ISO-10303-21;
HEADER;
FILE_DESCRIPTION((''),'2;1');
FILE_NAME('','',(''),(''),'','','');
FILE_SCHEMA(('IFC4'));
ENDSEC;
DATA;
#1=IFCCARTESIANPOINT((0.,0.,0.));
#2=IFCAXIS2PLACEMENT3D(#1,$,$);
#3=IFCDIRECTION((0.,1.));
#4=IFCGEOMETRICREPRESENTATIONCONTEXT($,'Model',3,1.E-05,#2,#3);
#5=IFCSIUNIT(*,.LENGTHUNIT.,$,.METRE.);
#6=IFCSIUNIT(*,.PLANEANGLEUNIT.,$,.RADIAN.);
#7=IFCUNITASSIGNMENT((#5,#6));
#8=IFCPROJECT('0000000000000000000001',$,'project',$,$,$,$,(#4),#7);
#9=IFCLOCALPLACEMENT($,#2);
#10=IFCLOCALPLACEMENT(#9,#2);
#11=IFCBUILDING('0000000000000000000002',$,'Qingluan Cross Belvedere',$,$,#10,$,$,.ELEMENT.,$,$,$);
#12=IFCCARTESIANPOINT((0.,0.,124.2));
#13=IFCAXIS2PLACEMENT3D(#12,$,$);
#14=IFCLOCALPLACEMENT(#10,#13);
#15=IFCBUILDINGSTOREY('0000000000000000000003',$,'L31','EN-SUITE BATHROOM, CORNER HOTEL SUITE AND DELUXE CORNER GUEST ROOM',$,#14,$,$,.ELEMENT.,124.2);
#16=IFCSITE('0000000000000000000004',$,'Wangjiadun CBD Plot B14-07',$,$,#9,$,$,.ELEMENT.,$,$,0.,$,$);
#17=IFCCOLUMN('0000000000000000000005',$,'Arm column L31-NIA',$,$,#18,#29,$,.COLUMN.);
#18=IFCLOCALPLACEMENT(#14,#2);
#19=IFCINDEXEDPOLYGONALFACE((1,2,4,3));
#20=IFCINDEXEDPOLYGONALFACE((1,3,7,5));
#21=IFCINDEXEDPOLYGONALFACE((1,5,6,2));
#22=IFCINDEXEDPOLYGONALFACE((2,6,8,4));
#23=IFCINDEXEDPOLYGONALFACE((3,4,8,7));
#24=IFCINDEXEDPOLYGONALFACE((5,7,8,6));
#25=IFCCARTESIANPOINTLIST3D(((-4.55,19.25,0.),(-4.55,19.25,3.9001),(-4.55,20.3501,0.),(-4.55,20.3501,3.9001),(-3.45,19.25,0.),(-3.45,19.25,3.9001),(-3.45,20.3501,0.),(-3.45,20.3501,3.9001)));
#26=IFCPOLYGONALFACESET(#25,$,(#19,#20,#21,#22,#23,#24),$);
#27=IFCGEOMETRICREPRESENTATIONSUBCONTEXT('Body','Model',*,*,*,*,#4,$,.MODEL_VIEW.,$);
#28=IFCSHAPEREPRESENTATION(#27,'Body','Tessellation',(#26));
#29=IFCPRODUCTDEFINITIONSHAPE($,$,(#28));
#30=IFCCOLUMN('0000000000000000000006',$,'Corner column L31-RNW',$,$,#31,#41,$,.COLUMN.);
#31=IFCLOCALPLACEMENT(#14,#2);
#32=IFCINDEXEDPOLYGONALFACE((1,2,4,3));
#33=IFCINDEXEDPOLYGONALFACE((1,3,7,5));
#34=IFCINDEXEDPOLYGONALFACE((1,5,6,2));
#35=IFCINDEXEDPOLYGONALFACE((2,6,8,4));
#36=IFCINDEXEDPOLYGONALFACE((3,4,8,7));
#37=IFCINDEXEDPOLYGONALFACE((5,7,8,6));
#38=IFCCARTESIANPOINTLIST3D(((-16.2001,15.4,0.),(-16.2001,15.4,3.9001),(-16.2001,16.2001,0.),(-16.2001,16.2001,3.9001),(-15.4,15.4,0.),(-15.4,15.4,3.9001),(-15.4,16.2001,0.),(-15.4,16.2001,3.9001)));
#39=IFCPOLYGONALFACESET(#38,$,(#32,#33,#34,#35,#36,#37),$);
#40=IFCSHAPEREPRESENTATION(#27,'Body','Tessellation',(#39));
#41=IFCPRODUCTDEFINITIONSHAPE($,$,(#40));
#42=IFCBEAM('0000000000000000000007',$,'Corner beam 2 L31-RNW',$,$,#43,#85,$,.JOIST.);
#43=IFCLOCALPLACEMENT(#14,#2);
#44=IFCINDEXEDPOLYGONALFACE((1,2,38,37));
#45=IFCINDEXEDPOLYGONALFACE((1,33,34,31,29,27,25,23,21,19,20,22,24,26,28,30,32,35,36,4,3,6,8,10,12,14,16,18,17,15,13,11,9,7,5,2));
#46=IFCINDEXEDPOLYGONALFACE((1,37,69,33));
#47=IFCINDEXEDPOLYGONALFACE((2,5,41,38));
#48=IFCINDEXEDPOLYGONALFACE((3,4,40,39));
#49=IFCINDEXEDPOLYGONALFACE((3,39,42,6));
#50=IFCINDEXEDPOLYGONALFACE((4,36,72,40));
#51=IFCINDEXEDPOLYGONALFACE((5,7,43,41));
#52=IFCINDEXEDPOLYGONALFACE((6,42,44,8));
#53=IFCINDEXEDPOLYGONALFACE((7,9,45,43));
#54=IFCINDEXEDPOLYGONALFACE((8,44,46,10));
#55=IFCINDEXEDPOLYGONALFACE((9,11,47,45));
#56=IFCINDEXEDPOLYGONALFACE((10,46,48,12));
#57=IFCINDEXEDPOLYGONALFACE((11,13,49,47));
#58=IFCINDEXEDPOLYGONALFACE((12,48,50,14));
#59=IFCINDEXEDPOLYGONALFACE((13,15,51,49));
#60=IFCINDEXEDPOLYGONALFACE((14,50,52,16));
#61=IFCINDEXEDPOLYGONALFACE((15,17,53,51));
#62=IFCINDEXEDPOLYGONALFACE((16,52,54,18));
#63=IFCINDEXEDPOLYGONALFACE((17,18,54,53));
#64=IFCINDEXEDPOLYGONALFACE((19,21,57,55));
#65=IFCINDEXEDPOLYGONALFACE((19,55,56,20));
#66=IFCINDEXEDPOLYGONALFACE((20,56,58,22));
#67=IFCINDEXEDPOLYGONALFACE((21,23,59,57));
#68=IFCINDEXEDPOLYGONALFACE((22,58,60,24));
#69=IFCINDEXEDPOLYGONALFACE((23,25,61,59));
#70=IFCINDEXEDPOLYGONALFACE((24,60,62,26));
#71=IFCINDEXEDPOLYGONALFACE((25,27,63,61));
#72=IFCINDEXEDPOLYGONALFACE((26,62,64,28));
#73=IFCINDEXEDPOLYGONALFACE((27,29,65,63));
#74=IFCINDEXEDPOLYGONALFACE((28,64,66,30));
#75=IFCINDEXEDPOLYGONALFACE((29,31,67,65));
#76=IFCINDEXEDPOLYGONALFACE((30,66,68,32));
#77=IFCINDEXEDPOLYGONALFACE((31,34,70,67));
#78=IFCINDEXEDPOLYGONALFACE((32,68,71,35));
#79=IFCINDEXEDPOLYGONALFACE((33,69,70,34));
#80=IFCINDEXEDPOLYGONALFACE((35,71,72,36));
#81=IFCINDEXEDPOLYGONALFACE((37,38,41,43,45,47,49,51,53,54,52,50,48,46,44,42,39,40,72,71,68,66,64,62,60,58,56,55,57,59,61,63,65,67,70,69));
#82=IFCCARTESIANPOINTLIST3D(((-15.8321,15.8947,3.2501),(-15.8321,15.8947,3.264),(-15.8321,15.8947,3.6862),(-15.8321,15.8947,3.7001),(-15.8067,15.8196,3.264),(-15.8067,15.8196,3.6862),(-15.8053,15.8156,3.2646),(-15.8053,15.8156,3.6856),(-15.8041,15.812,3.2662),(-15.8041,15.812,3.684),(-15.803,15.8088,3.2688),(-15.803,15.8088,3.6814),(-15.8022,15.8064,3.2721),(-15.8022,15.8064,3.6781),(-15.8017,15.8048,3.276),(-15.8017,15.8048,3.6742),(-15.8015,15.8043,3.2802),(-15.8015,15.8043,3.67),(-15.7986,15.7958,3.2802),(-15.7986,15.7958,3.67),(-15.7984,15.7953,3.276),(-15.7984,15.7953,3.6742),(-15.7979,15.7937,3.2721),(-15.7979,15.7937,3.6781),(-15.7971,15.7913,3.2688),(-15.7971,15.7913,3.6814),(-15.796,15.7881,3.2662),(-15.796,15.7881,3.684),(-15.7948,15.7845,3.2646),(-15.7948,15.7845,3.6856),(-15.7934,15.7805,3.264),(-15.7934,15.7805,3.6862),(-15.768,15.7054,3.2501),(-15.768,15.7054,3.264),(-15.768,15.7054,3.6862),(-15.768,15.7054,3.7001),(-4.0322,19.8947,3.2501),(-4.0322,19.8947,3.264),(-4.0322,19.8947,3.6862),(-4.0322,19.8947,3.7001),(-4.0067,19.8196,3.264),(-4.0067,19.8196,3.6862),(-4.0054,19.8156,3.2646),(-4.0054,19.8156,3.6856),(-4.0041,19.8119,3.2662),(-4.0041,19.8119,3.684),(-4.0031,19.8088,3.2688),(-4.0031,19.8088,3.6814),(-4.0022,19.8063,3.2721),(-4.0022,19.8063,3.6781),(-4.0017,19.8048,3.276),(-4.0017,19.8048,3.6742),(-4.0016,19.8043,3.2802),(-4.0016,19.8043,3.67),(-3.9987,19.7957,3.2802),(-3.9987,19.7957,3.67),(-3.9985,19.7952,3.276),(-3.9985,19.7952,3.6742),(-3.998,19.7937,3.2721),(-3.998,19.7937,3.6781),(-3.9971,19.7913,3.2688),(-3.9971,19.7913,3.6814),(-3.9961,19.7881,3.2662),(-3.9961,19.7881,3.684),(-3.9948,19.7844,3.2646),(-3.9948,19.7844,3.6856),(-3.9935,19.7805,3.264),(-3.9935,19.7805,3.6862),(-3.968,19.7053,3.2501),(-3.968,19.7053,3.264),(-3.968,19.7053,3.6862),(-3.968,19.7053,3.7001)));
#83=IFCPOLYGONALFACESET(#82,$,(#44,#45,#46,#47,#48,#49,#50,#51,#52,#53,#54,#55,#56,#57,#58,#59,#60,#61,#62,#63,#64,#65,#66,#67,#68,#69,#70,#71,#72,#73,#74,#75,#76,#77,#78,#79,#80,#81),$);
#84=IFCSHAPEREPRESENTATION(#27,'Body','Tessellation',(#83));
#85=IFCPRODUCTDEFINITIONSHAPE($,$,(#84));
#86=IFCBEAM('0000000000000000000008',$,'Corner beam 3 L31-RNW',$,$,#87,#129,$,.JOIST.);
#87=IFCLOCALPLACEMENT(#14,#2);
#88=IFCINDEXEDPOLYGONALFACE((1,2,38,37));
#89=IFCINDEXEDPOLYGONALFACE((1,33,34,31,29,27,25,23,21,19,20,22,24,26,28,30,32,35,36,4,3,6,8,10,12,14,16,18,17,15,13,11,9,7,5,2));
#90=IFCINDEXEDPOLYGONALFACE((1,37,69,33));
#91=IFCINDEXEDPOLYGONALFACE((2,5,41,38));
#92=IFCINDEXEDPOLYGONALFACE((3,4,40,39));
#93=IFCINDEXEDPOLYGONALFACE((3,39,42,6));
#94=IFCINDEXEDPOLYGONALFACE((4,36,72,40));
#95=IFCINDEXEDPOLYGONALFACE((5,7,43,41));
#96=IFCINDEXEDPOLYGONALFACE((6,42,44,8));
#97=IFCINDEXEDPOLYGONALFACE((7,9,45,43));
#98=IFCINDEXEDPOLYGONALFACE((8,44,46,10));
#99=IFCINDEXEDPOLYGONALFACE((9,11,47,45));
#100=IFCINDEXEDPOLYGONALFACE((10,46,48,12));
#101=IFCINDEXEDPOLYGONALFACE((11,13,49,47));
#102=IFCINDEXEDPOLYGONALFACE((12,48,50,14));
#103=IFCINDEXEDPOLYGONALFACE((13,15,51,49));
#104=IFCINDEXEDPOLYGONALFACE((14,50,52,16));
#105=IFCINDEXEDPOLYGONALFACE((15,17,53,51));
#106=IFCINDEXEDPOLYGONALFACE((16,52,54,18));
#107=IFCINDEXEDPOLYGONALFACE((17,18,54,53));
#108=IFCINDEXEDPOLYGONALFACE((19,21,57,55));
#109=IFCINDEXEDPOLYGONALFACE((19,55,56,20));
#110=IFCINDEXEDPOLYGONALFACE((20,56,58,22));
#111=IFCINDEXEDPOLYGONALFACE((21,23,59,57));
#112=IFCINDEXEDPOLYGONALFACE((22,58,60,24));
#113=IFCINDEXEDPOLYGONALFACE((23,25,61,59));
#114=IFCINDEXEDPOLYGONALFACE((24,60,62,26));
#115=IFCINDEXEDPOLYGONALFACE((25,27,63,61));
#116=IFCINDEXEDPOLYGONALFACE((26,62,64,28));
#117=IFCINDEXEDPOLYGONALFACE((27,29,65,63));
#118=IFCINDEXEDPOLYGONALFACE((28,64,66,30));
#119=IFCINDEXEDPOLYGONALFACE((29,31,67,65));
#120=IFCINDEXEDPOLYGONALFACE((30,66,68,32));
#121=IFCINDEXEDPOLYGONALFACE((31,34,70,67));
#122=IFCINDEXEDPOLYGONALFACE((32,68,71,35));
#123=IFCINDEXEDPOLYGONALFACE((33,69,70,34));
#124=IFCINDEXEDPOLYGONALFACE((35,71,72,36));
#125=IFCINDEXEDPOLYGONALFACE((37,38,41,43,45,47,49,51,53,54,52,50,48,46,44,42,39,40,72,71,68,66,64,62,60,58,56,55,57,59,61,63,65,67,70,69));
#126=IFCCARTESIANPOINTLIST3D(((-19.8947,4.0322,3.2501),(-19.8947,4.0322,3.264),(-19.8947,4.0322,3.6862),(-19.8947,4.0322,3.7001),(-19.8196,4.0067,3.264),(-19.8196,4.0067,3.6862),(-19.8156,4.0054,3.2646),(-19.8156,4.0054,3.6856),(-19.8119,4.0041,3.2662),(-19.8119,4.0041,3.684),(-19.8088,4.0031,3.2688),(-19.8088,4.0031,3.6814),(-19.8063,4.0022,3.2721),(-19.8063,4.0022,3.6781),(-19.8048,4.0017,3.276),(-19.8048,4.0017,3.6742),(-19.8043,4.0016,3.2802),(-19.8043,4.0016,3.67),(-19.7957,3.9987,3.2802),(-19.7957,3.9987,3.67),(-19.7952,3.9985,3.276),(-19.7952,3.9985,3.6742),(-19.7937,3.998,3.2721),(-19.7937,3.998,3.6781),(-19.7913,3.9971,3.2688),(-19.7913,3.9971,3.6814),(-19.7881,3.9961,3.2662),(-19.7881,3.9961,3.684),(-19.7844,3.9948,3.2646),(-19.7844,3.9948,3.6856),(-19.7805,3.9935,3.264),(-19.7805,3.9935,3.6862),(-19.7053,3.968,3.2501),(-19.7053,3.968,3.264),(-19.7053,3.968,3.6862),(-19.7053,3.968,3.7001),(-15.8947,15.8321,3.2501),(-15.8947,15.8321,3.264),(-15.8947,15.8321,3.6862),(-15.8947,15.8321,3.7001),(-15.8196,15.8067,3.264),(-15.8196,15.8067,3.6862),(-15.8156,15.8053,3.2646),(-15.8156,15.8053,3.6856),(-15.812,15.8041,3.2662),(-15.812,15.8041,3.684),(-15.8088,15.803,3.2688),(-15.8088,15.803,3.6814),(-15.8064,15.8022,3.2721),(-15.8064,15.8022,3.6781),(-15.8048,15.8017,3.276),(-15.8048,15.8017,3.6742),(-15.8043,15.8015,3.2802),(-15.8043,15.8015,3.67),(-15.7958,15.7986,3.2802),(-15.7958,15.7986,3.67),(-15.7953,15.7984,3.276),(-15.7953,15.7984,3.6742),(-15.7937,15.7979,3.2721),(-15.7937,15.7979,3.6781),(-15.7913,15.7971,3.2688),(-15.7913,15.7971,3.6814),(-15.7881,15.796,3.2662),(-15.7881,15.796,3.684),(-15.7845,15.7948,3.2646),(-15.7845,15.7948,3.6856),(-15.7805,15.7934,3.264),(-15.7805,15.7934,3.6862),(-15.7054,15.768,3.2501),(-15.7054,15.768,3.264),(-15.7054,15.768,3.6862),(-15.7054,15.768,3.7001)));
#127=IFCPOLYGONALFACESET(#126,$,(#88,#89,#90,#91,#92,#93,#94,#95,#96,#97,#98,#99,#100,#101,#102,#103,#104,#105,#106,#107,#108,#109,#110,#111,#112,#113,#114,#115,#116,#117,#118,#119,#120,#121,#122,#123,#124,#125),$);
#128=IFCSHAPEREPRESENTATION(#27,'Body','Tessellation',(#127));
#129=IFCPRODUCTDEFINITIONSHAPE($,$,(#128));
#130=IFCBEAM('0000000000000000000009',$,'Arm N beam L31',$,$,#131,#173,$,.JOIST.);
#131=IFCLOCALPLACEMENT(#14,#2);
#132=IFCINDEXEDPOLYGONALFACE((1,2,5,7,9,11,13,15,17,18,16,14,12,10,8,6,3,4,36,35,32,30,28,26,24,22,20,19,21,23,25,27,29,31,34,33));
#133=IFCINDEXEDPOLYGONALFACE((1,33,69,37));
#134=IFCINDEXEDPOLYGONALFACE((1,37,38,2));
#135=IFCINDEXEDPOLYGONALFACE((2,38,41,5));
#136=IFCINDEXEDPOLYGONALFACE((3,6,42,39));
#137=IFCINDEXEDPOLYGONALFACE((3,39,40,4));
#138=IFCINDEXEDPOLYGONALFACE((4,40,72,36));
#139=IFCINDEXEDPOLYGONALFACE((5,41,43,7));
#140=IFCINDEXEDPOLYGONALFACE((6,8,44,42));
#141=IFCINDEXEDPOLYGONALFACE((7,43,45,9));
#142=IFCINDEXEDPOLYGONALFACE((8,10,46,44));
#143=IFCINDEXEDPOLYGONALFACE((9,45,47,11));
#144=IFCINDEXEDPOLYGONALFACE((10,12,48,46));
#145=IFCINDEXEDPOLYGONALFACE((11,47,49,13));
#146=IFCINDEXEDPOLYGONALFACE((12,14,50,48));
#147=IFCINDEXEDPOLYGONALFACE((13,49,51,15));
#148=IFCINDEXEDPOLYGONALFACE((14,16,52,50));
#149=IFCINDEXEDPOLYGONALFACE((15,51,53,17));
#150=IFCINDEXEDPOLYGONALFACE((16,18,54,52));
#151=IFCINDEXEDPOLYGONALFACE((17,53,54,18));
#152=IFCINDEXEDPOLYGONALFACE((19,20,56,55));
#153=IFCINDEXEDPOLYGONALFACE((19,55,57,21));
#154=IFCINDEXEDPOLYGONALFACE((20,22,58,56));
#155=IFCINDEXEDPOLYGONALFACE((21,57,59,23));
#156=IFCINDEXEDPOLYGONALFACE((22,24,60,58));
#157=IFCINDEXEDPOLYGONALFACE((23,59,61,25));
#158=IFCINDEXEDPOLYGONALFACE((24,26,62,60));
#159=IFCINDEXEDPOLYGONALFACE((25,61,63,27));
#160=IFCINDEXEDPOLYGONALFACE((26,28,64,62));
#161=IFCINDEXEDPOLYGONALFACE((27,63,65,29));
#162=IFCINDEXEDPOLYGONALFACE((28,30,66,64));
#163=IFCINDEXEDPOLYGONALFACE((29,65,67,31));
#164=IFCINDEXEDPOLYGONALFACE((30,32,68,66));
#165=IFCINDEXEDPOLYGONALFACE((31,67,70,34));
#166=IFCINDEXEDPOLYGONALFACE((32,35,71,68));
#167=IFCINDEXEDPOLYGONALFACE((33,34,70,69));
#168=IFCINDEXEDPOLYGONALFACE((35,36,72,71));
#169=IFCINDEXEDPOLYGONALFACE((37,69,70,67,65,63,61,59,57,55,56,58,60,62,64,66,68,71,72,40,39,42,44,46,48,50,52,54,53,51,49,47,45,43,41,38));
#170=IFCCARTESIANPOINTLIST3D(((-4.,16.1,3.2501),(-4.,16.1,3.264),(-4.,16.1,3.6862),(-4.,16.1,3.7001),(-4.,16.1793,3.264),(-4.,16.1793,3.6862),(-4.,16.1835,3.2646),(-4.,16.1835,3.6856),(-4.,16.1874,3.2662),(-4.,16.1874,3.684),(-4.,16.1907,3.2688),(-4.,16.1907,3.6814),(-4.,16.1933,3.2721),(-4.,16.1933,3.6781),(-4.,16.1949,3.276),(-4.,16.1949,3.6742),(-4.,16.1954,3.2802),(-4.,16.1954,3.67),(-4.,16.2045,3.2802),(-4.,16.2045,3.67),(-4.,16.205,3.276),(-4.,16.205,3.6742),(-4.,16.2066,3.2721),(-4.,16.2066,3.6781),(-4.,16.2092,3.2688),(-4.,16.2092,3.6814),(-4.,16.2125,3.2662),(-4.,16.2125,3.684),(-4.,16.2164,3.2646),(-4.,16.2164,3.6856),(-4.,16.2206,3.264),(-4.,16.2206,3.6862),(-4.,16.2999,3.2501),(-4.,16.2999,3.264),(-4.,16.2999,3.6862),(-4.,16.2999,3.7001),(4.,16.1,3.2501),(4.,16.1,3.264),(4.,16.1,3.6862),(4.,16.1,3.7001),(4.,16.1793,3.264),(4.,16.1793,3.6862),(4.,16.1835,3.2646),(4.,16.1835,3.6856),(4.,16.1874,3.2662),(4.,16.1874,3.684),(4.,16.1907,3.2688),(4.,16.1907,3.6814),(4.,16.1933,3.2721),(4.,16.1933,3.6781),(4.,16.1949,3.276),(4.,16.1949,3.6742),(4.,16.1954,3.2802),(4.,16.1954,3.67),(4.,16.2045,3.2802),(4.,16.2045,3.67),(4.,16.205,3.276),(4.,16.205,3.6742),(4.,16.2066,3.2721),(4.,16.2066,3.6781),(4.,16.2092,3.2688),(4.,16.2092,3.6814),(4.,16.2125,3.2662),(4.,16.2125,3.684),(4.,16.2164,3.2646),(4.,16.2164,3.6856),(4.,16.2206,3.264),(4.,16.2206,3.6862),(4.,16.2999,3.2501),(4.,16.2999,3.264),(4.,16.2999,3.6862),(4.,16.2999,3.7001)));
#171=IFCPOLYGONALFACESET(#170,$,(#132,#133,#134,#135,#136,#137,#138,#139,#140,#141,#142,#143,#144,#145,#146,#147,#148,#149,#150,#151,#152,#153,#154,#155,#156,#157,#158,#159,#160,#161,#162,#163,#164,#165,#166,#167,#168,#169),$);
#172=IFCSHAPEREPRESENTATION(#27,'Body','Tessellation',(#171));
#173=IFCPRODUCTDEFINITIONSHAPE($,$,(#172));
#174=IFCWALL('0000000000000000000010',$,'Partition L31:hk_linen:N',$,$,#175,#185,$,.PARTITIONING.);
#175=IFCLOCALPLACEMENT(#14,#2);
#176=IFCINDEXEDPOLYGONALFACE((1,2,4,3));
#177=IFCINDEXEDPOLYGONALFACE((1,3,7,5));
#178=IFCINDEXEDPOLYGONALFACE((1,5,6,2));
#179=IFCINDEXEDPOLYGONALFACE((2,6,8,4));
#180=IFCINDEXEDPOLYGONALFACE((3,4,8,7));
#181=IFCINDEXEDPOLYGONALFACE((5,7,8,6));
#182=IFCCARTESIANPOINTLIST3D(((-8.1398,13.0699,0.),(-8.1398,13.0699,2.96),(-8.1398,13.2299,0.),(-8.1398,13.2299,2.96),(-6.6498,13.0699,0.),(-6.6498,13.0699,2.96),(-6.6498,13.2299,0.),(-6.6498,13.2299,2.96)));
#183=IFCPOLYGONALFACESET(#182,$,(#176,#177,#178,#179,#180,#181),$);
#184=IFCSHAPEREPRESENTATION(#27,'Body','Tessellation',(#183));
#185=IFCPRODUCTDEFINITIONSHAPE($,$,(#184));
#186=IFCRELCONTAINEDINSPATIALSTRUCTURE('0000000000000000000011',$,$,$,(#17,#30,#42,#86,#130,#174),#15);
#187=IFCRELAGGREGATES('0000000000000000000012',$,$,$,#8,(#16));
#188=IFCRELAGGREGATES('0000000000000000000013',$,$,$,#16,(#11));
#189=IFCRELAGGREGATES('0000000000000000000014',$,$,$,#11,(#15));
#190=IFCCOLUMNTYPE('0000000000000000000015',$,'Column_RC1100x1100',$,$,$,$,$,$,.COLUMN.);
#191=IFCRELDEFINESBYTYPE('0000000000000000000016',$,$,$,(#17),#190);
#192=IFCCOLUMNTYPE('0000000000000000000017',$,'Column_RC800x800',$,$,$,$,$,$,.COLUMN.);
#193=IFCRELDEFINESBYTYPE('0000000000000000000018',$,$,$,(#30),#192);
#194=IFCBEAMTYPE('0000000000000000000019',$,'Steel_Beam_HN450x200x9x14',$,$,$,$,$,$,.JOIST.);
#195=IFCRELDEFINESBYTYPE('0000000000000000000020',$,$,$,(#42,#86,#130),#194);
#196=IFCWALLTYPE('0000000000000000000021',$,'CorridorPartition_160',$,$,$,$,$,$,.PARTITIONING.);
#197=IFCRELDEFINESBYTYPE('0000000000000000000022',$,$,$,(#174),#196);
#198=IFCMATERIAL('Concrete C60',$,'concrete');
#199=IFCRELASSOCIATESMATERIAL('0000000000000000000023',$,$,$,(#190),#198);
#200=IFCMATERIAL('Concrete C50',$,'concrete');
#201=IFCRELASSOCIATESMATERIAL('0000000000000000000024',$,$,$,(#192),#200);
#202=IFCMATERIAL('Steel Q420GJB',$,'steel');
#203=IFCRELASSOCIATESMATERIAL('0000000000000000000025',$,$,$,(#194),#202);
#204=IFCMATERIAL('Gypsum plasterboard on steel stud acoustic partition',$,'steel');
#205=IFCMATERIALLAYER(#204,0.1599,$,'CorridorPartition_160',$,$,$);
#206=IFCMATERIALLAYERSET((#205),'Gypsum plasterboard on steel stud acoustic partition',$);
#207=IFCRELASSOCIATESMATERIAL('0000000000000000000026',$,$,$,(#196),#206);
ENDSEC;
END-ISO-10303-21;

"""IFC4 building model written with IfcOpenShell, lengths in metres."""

from ifc_helpers import new_model, si_unit, direction, frame, frame_2d, origin, origin_2d, place, context, subcontext, project, spatial, rectangle, i_section, extrude, material, layer, layer_set, material_profile, profile_set, type_object, element, save


model = new_model("IFC4")

# Units and contexts
model_context = context("Model", 3, precision=1e-05, world=origin(), true_north=direction((0.0, 1.0)))
body_context = subcontext(model_context, "Body", "Model", "MODEL_VIEW")
ifc_project = project(units=[si_unit("LENGTHUNIT", "METRE"), si_unit("PLANEANGLEUNIT", "RADIAN")], contexts=[model_context])

# Site, building, storey
site_placement = place(None, origin())
site = spatial("IfcSite", under=ifc_project, at=site_placement, Name="Wangjiadun CBD Plot B14-07", CompositionType="ELEMENT", RefElevation=0.0)
building_placement = place(site_placement, origin())
building = spatial("IfcBuilding", under=site, at=building_placement, Name="Qingluan Cross Belvedere", CompositionType="ELEMENT")
storey_placement = place(building_placement, frame((0.0, 0.0, 124.2)))
storey = spatial("IfcBuildingStorey", under=building, at=storey_placement, Name="L31", Description="EN-SUITE BATHROOM, CORNER HOTEL SUITE AND DELUXE CORNER GUEST ROOM", CompositionType="ELEMENT", Elevation=124.2)

# Columns
ifc_material_1 = material(Name="Concrete C60", Category="concrete")
ifc_material_profile_1 = material_profile(ifc_material_1, rectangle(XDim=1.1001, YDim=1.1001, at=origin_2d()), Name="RC1100x1100")
ifc_profile_set_1 = profile_set([ifc_material_profile_1], Name="Concrete C60")
column_type_1 = type_object("IfcColumnType", Name="Column_RC1100x1100", PredefinedType="COLUMN", material=ifc_profile_set_1)
column_1_placement = place(storey_placement, frame((-4.0, 19.8, 0.0), z_axis=(0.0, 0.0, 1.0), x_axis=(1.0, 0.0, 0.0)))
element("IfcColumn", 1, at=column_1_placement, inside=storey, type_object=column_type_1, Name="Arm column L31-NIA", PredefinedType="COLUMN", context=body_context, shape_type="SweptSolid", body=[
    extrude(rectangle(XDim=1.1001, YDim=1.1001, at=origin_2d()), origin(), (0.0, 0.0, 1.0), 3.9001),
])
ifc_material_2 = material(Name="Concrete C50", Category="concrete")
ifc_material_profile_2 = material_profile(ifc_material_2, rectangle(XDim=0.8, YDim=0.8, at=origin_2d()), Name="RC800x800")
ifc_profile_set_2 = profile_set([ifc_material_profile_2], Name="Concrete C50")
column_type_2 = type_object("IfcColumnType", Name="Column_RC800x800", PredefinedType="COLUMN", material=ifc_profile_set_2)
column_2_placement = place(storey_placement, frame((-15.8, 15.8, 0.0), z_axis=(0.0, 0.0, 1.0), x_axis=(1.0, 0.0, 0.0)))
element("IfcColumn", 2, at=column_2_placement, inside=storey, type_object=column_type_2, Name="Corner column L31-RNW", PredefinedType="COLUMN", context=body_context, shape_type="SweptSolid", body=[
    extrude(rectangle(XDim=0.8, YDim=0.8, at=origin_2d()), origin(), (0.0, 0.0, 1.0), 3.9001),
])

# Beams
ifc_material_3 = material(Name="Steel Q420GJB", Category="steel")
ifc_material_profile_3 = material_profile(ifc_material_3, i_section(OverallWidth=0.2, OverallDepth=0.45, WebThickness=0.009, FlangeThickness=0.0139, FilletRadius=0.0161, at=origin_2d()), Name="HN450x200x9x14")
ifc_profile_set_3 = profile_set([ifc_material_profile_3], Name="Steel Q420GJB")
beam_type = type_object("IfcBeamType", Name="Steel_Beam_HN450x200x9x14", PredefinedType="JOIST", material=ifc_profile_set_3)
for number, where, z_axis, x_axis, name in (
    (3, (-15.8, 15.8, 3.4751), (0.947066, 0.321038, 0.0), (-0.321038, 0.947066, 0.0), "Corner beam 2 L31-RNW"),
    (4, (-15.8, 15.8, 3.4751), (-0.321038, -0.947066, 0.0), (0.947066, -0.321038, 0.0), "Corner beam 3 L31-RNW"),
):
    element("IfcBeam", number, at=place(storey_placement, frame(where, z_axis=z_axis, x_axis=x_axis)), inside=storey, type_object=beam_type, Name=name, PredefinedType="JOIST", context=body_context, shape_type="SweptSolid", body=[
        extrude(i_section(OverallWidth=0.2, OverallDepth=0.45, WebThickness=0.009, FlangeThickness=0.0139, FilletRadius=0.0161, at=origin_2d()), origin(), (0.0, 0.0, 1.0), 12.4595),
    ])
beam_placement = place(storey_placement, frame((-4.0, 16.2, 3.4751), z_axis=(1.0, 0.0, 0.0), x_axis=(0.0, 1.0, 0.0)))
element("IfcBeam", 5, at=beam_placement, inside=storey, type_object=beam_type, Name="Arm N beam L31", PredefinedType="JOIST", context=body_context, shape_type="SweptSolid", body=[
    extrude(i_section(OverallWidth=0.2, OverallDepth=0.45, WebThickness=0.009, FlangeThickness=0.0139, FilletRadius=0.0161, at=origin_2d()), origin(), (0.0, 0.0, 1.0), 8.0),
])

# Wall
ifc_material_4 = material(Name="Gypsum plasterboard on steel stud acoustic partition", Category="steel")
ifc_layer_1 = layer(ifc_material_4, 0.1599, Name="CorridorPartition_160")
ifc_layer_set_1 = layer_set([ifc_layer_1], Name="Gypsum plasterboard on steel stud acoustic partition")
wall_type_1 = type_object("IfcWallType", Name="CorridorPartition_160", PredefinedType="PARTITIONING", material=ifc_layer_set_1)
wall_1_placement = place(storey_placement, frame((-8.1399, 13.1499, 0.0), z_axis=(0.0, 0.0, 1.0), x_axis=(1.0, 0.0, 0.0)))
element("IfcWall", 6, at=wall_1_placement, inside=storey, type_object=wall_type_1, Name="Partition L31:hk_linen:N", PredefinedType="PARTITIONING", context=body_context, shape_type="SweptSolid", body=[
    extrude(rectangle(XDim=1.49, YDim=0.1599, at=frame_2d((0.7451, 0.0))), origin(), (0.0, 0.0, 1.0), 2.96),
])

save(model, "model.ifc")
